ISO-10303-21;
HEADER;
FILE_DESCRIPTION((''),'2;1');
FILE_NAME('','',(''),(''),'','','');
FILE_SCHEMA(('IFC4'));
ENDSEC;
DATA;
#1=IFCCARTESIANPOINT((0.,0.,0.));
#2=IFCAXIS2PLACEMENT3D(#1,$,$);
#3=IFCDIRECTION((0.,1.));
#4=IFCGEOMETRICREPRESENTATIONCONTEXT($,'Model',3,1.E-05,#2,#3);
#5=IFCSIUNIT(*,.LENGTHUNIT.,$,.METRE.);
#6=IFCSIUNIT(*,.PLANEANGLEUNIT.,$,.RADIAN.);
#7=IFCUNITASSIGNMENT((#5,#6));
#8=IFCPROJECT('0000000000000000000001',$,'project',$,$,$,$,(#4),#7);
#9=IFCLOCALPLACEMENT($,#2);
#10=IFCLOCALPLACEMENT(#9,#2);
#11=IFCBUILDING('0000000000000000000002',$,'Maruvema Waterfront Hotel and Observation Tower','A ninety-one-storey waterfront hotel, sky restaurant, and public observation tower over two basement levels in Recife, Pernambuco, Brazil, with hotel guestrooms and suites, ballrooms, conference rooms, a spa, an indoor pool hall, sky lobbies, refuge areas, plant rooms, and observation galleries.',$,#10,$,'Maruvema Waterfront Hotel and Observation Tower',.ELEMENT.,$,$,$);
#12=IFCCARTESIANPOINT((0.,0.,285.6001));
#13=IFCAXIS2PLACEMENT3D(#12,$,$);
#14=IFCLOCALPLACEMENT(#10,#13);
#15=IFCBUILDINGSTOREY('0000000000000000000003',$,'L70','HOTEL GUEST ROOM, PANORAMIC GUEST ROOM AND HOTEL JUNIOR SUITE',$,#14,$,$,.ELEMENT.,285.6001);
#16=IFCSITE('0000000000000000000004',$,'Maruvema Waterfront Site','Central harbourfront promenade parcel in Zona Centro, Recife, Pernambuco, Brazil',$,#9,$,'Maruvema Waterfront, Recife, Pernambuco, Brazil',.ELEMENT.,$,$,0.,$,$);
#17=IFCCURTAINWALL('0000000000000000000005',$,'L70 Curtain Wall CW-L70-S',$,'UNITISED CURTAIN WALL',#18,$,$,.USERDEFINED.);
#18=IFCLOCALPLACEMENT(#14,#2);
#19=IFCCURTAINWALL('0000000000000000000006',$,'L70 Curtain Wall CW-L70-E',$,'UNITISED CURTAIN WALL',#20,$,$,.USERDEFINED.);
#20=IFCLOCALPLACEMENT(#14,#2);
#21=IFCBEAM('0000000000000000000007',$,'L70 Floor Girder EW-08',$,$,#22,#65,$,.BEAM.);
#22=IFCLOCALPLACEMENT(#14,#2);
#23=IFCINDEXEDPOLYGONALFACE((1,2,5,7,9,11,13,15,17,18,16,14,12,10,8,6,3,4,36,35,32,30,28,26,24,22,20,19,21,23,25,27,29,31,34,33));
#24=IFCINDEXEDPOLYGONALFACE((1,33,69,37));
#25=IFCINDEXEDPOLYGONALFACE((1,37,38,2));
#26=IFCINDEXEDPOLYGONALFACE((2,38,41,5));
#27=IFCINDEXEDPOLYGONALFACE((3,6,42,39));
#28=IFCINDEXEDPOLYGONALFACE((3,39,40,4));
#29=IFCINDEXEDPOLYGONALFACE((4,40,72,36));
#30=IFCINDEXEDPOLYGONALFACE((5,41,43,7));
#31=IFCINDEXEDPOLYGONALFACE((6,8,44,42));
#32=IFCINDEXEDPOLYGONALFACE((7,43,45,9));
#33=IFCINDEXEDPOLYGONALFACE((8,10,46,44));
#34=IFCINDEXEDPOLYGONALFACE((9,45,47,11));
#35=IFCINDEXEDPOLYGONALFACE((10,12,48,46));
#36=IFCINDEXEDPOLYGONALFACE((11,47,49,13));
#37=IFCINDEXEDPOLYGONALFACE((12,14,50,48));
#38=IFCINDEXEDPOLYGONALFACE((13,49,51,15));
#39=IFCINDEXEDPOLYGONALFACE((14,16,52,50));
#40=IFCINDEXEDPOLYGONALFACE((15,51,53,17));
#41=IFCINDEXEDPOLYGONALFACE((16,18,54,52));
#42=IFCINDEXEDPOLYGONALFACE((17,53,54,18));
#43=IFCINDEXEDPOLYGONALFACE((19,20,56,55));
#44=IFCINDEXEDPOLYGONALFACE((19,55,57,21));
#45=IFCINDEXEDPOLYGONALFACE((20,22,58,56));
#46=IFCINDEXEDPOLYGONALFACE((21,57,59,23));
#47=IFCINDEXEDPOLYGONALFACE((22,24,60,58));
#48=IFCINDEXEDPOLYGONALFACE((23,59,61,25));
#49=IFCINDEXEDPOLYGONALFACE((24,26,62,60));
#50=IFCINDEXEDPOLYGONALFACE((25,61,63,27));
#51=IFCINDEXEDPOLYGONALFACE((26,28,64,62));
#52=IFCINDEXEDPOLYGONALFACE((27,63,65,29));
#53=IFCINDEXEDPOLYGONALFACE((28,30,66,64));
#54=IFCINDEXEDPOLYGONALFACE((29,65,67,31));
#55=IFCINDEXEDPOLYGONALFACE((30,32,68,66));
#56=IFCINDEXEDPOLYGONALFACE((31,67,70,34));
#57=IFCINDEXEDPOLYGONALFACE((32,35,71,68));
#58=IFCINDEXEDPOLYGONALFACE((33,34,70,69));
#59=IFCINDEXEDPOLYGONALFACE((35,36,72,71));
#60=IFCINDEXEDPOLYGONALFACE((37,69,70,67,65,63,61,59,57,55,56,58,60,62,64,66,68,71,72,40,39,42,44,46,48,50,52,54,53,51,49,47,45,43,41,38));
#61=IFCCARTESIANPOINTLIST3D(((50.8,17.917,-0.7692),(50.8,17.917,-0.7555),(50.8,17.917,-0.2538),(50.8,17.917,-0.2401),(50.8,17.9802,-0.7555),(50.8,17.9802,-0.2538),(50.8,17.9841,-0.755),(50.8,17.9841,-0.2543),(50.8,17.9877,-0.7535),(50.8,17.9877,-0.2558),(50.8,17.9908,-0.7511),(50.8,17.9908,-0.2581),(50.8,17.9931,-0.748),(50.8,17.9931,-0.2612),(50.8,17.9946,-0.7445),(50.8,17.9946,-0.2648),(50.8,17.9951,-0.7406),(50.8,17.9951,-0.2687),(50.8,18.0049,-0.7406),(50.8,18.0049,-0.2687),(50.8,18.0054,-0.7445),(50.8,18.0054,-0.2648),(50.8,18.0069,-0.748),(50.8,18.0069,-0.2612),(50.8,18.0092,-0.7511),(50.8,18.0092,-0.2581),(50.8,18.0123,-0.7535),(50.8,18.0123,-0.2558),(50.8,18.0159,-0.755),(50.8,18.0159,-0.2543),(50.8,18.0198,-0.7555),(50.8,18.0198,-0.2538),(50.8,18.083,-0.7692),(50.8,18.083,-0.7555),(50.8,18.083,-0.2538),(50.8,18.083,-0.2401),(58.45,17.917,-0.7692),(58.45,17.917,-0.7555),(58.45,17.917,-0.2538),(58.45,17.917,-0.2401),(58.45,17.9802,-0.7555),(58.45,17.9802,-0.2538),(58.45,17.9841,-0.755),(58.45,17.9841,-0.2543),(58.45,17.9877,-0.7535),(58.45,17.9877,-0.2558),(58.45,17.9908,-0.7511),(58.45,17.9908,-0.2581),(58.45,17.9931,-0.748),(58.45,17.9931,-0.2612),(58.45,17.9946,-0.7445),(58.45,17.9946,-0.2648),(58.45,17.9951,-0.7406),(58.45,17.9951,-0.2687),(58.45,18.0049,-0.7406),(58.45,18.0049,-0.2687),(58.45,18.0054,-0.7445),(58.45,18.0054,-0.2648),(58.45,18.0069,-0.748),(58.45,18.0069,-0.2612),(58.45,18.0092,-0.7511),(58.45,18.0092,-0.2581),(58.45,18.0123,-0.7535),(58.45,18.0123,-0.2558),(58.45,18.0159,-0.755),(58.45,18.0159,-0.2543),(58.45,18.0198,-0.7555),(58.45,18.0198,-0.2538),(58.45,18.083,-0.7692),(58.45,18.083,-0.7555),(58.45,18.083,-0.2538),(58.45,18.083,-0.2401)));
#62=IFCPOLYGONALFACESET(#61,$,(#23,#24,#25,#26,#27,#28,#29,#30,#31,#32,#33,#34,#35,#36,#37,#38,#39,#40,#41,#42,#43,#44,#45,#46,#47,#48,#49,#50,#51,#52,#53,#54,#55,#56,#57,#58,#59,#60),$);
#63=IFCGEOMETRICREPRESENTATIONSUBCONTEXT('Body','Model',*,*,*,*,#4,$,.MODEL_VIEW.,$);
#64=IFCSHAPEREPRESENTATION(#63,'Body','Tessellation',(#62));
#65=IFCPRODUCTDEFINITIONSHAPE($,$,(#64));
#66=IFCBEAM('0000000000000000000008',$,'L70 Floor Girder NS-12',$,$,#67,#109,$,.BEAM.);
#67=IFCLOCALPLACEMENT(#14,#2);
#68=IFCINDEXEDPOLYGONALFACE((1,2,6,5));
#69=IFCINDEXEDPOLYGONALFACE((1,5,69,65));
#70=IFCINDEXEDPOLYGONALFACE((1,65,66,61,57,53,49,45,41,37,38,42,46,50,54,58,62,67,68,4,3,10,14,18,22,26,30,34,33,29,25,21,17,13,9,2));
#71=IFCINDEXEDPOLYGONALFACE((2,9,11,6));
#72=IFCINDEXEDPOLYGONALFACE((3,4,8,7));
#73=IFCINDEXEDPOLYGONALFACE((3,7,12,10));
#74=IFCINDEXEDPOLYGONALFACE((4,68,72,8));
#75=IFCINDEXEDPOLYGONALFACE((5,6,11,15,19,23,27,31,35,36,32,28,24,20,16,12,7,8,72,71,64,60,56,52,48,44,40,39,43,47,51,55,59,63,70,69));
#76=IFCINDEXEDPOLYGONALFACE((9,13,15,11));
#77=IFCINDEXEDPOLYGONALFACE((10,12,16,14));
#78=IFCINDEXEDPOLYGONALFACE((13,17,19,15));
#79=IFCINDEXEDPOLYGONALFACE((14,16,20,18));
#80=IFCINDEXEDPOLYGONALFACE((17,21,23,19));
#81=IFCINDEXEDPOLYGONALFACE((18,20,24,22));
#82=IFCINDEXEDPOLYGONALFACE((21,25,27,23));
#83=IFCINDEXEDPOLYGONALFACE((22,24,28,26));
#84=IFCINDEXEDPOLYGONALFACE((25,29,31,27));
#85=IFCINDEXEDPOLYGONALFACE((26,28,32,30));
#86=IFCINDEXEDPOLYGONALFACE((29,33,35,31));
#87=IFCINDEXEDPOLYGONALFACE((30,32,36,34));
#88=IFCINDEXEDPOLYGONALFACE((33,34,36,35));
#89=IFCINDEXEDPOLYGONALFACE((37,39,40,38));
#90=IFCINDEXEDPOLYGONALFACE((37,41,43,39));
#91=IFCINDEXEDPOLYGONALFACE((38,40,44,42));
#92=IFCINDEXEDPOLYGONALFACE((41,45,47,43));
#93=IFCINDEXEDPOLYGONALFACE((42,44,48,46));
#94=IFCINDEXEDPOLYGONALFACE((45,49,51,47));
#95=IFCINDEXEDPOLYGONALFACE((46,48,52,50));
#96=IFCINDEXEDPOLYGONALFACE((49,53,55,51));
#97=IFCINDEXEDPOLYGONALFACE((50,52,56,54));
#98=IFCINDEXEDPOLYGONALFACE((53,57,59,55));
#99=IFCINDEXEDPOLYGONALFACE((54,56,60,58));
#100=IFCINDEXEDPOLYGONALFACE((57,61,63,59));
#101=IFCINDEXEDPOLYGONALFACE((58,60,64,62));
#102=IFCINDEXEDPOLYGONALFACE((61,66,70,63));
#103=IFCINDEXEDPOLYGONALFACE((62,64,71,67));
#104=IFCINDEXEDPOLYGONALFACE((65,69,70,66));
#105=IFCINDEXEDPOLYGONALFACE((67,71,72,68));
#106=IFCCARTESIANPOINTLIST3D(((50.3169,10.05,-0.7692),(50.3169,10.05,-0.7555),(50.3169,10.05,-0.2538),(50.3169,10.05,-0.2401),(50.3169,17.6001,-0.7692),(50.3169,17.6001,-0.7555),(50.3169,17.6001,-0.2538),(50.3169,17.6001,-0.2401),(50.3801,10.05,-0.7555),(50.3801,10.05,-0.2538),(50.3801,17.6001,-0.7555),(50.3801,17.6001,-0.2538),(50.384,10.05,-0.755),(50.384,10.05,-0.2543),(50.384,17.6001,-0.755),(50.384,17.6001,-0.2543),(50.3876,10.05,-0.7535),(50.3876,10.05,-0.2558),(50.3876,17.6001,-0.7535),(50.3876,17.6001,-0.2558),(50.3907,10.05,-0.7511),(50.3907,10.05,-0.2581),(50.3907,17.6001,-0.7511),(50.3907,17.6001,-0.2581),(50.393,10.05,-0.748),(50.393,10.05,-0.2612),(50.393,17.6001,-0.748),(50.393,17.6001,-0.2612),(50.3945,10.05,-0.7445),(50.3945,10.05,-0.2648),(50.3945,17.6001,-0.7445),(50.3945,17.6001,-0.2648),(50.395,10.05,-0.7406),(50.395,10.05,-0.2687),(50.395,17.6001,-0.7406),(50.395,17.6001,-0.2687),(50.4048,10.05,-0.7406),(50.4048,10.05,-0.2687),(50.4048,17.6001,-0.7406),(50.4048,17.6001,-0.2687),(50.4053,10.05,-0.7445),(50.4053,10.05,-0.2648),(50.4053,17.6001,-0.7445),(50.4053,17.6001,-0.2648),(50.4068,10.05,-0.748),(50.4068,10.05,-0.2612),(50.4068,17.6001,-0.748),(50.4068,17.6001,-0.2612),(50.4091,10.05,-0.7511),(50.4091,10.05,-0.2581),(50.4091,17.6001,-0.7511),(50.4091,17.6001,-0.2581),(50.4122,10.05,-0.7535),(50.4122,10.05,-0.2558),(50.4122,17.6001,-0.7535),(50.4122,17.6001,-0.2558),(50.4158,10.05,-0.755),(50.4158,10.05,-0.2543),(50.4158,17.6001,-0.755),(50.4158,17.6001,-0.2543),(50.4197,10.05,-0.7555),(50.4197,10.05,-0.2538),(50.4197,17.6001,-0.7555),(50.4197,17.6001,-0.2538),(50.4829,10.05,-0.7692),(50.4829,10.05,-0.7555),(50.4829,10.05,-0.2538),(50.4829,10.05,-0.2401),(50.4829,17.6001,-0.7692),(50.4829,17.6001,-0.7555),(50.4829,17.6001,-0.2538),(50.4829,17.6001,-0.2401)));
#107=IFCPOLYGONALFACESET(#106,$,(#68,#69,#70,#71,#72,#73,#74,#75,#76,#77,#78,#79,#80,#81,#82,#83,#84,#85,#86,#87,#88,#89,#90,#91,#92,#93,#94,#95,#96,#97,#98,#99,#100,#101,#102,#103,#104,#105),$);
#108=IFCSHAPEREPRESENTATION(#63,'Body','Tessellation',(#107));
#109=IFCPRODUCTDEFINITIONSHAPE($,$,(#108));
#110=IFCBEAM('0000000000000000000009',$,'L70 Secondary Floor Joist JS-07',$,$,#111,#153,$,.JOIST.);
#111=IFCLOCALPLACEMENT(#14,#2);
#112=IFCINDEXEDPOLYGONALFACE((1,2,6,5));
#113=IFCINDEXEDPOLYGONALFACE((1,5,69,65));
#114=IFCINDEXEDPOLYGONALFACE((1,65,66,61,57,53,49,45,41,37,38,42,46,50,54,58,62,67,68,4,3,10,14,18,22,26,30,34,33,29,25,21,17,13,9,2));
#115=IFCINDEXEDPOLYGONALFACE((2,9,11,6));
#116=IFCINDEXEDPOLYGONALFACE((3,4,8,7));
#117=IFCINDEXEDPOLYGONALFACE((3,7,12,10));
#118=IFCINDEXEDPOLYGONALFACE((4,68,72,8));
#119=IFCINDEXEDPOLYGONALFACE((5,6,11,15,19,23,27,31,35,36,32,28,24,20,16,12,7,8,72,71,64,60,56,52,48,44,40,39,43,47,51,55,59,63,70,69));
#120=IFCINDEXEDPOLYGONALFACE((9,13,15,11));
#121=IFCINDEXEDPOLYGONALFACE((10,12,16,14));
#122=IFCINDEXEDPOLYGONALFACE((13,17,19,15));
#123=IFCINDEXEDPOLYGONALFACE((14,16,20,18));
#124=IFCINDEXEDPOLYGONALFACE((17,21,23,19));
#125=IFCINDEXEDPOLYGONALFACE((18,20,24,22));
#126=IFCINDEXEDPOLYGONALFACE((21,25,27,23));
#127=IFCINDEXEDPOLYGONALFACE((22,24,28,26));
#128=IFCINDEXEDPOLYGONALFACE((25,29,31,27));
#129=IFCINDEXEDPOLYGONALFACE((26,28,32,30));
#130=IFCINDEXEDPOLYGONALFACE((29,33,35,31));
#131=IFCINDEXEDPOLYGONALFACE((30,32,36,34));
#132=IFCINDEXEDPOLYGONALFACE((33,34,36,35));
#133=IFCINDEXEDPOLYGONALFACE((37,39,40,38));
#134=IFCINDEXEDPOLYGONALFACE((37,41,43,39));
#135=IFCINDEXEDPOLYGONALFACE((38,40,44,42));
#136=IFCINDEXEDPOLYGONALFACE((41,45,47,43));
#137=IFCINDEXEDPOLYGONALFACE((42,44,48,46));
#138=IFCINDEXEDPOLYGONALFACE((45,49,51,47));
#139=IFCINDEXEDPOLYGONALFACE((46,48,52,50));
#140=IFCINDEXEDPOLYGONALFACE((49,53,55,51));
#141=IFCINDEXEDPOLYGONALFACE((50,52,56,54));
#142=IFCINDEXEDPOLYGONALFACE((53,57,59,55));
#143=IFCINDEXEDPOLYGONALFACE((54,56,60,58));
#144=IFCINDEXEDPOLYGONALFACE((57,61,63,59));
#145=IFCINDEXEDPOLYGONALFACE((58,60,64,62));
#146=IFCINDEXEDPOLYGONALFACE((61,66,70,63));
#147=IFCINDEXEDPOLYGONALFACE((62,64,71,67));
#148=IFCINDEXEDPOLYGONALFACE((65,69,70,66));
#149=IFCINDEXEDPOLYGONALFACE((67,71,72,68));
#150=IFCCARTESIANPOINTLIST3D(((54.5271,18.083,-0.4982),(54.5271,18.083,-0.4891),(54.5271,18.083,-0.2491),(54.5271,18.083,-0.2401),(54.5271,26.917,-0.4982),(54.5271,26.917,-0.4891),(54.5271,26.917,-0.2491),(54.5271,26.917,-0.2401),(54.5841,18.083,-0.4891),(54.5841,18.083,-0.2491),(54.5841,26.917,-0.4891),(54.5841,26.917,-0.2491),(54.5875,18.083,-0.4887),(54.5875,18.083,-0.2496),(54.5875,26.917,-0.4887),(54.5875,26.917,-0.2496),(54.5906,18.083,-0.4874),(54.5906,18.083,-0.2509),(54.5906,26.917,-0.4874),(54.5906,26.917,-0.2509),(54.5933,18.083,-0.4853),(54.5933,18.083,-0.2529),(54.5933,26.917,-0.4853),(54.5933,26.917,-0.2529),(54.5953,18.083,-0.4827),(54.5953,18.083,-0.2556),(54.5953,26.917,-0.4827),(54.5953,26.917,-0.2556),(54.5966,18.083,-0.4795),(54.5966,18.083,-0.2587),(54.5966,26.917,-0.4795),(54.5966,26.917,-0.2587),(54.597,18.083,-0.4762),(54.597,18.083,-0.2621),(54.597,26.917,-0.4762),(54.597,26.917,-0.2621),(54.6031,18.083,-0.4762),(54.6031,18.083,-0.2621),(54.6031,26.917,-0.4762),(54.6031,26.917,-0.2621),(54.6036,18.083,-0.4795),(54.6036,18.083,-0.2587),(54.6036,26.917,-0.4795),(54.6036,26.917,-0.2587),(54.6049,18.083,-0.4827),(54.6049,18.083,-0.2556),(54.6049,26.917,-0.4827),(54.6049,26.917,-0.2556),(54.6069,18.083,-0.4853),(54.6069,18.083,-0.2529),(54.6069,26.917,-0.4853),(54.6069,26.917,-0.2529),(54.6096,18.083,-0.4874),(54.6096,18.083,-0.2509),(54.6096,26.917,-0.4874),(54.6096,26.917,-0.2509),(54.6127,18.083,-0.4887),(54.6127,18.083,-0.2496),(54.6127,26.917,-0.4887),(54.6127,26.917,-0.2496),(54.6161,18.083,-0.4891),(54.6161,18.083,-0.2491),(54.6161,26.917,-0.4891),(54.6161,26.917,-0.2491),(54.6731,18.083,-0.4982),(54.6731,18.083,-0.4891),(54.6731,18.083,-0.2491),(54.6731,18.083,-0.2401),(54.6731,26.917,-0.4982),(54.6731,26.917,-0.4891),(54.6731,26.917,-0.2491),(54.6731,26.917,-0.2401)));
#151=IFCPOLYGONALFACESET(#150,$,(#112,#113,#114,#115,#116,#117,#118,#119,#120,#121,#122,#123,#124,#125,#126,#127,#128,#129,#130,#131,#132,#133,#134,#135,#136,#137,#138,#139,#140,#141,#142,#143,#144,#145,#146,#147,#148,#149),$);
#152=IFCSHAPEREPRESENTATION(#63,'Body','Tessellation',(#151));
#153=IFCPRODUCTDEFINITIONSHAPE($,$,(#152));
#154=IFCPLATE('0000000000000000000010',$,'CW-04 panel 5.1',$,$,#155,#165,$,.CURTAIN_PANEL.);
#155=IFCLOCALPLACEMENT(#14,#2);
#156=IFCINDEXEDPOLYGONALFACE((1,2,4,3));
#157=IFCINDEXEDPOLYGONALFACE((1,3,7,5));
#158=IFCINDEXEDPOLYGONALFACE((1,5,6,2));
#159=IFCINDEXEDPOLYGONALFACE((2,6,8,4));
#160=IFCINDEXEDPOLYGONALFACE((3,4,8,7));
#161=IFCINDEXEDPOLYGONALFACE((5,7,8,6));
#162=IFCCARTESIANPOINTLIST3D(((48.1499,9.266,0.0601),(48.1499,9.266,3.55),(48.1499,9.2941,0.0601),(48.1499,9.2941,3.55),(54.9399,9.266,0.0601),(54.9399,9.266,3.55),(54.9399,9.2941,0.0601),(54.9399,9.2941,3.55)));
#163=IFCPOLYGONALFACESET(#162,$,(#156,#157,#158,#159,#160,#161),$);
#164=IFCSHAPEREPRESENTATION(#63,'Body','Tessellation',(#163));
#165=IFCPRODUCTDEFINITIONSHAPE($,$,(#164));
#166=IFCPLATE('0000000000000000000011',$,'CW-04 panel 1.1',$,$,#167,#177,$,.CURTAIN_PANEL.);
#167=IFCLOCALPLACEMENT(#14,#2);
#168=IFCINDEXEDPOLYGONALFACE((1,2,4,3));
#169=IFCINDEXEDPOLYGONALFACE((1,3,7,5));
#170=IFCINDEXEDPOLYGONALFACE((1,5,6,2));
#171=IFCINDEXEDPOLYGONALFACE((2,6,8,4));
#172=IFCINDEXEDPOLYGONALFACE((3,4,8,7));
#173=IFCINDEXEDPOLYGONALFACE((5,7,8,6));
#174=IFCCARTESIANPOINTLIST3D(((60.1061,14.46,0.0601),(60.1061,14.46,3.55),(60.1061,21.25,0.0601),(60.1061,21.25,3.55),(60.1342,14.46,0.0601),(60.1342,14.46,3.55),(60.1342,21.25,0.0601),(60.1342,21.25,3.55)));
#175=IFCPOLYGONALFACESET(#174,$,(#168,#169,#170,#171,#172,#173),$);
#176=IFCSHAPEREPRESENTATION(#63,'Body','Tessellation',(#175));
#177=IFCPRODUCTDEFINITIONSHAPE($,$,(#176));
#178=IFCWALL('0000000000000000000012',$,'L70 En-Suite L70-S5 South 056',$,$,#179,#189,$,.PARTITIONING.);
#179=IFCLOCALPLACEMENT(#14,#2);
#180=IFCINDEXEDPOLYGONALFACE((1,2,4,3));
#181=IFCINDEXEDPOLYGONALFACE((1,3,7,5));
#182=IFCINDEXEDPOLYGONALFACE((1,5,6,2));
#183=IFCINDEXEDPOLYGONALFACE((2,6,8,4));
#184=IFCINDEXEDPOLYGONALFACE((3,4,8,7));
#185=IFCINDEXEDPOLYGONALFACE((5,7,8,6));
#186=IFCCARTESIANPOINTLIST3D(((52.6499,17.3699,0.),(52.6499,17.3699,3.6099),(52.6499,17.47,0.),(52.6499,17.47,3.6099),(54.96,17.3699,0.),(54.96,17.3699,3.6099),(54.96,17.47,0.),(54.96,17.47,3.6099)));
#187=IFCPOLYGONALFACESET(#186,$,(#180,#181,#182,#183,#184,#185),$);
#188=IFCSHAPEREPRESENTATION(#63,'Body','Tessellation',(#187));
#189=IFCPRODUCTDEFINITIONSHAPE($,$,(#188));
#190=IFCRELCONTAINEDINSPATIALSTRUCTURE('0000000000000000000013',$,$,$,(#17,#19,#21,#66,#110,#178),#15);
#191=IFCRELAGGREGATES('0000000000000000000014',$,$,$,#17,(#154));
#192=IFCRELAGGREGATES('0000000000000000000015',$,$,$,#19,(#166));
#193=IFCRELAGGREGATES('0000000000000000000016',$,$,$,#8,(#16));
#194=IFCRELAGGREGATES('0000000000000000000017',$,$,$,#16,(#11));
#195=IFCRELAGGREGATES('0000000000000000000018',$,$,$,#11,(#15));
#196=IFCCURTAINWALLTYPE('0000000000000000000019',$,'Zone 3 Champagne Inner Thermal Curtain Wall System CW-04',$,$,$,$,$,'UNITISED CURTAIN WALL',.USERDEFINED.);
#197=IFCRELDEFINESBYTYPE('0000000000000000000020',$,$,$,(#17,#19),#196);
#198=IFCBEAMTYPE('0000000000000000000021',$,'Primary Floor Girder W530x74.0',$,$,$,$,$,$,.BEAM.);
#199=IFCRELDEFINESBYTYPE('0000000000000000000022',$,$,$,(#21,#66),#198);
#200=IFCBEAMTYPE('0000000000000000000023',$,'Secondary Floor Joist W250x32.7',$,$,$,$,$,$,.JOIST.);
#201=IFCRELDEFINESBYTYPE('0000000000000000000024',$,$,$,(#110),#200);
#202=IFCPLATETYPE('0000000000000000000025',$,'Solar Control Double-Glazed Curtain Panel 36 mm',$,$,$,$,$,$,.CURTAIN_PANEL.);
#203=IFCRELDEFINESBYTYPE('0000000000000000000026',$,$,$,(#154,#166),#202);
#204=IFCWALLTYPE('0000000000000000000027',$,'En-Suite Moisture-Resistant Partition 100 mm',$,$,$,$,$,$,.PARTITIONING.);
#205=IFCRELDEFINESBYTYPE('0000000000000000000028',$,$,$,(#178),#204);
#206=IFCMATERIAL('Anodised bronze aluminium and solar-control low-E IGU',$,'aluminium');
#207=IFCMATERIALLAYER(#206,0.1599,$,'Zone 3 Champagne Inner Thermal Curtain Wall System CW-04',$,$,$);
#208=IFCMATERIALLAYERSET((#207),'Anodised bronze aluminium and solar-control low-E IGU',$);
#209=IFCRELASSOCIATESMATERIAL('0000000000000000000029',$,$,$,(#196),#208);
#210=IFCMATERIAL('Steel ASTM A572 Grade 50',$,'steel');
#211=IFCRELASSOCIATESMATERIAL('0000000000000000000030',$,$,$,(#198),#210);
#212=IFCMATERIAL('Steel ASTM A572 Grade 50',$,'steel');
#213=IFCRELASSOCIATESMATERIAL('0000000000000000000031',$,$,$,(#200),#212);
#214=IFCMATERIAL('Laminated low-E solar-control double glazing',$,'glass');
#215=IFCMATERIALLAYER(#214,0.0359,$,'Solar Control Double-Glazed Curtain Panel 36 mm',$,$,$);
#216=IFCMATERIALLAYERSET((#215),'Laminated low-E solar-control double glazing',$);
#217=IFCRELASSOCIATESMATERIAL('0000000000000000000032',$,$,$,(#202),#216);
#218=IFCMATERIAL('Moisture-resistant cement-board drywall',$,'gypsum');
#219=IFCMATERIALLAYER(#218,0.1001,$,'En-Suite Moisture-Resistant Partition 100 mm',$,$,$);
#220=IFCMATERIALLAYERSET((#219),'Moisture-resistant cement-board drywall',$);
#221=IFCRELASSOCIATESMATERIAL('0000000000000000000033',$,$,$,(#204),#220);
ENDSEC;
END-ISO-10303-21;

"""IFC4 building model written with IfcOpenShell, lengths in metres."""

from ifc_helpers import new_model, si_unit, direction, frame, frame_2d, origin, origin_2d, place, context, subcontext, project, spatial, rectangle, i_section, extrude, material, layer, layer_set, material_profile, profile_set, type_object, element, aggregate, save


model = new_model("IFC4")

# Units and contexts
model_context = context("Model", 3, precision=1e-05, world=origin(), true_north=direction((0.0, 1.0)))
body_context = subcontext(model_context, "Body", "Model", "MODEL_VIEW")
ifc_project = project(units=[si_unit("LENGTHUNIT", "METRE"), si_unit("PLANEANGLEUNIT", "RADIAN")], contexts=[model_context])

# Site, building, storey
site_placement = place(None, origin())
site = spatial("IfcSite", under=ifc_project, at=site_placement, Name="Maruvema Waterfront Site", Description="Central harbourfront promenade parcel in Zona Centro, Recife, Pernambuco, Brazil", LongName="Maruvema Waterfront, Recife, Pernambuco, Brazil", CompositionType="ELEMENT", RefElevation=0.0)
building_placement = place(site_placement, origin())
building = spatial("IfcBuilding", under=site, at=building_placement, Name="Maruvema Waterfront Hotel and Observation Tower", Description="A ninety-one-storey waterfront hotel, sky restaurant, and public observation tower over two basement levels in Recife, Pernambuco, Brazil, with hotel guestrooms and suites, ballrooms, conference rooms, a spa, an indoor pool hall, sky lobbies, refuge areas, plant rooms, and observation galleries.", LongName="Maruvema Waterfront Hotel and Observation Tower", CompositionType="ELEMENT")
storey_placement = place(building_placement, frame((0.0, 0.0, 285.6001)))
storey = spatial("IfcBuildingStorey", under=building, at=storey_placement, Name="L70", Description="HOTEL GUEST ROOM, PANORAMIC GUEST ROOM AND HOTEL JUNIOR SUITE", CompositionType="ELEMENT", Elevation=285.6001)

# Curtain walls
ifc_material_1 = material(Name="Anodised bronze aluminium and solar-control low-E IGU", Category="aluminium")
ifc_layer_1 = layer(ifc_material_1, 0.1599, Name="Zone 3 Champagne Inner Thermal Curtain Wall System CW-04")
ifc_layer_set_1 = layer_set([ifc_layer_1], Name="Anodised bronze aluminium and solar-control low-E IGU")
curtain_wall_type = type_object("IfcCurtainWallType", Name="Zone 3 Champagne Inner Thermal Curtain Wall System CW-04", ElementType="UNITISED CURTAIN WALL", PredefinedType="USERDEFINED", material=ifc_layer_set_1)
curtain_wall_1_placement = place(storey_placement, origin())
curtain_wall_1 = element("IfcCurtainWall", 1, at=curtain_wall_1_placement, inside=storey, type_object=curtain_wall_type, Name="L70 Curtain Wall CW-L70-S", ObjectType="UNITISED CURTAIN WALL", PredefinedType="USERDEFINED")
curtain_wall_2_placement = place(storey_placement, origin())
curtain_wall_2 = element("IfcCurtainWall", 2, at=curtain_wall_2_placement, inside=storey, type_object=curtain_wall_type, Name="L70 Curtain Wall CW-L70-E", ObjectType="UNITISED CURTAIN WALL", PredefinedType="USERDEFINED")

# Beams
ifc_material_2 = material(Name="Steel ASTM A572 Grade 50", Category="steel")
ifc_material_profile_1 = material_profile(ifc_material_2, i_section(OverallWidth=0.166, OverallDepth=0.5291, WebThickness=0.0098, FlangeThickness=0.0137, FilletRadius=0.0149, at=origin_2d()), Name="W530x74.0")
ifc_profile_set_1 = profile_set([ifc_material_profile_1], Name="Steel ASTM A572 Grade 50")
beam_type_1 = type_object("IfcBeamType", Name="Primary Floor Girder W530x74.0", PredefinedType="BEAM", material=ifc_profile_set_1)
beam_1_placement = place(storey_placement, frame((50.8, 18.0, -0.5046), z_axis=(1.0, 0.0, 0.0), x_axis=(0.0, 1.0, 0.0)))
element("IfcBeam", 3, at=beam_1_placement, inside=storey, type_object=beam_type_1, Name="L70 Floor Girder EW-08", PredefinedType="BEAM", context=body_context, shape_type="SweptSolid", body=[
    extrude(i_section(OverallWidth=0.166, OverallDepth=0.5291, WebThickness=0.0098, FlangeThickness=0.0137, FilletRadius=0.0149, at=origin_2d()), origin(), (0.0, 0.0, 1.0), 7.6499),
])
beam_2_placement = place(storey_placement, frame((50.3999, 10.05, -0.5046), z_axis=(0.0, 1.0, 0.0), x_axis=(-1.0, 0.0, 0.0)))
element("IfcBeam", 4, at=beam_2_placement, inside=storey, type_object=beam_type_1, Name="L70 Floor Girder NS-12", PredefinedType="BEAM", context=body_context, shape_type="SweptSolid", body=[
    extrude(i_section(OverallWidth=0.166, OverallDepth=0.5291, WebThickness=0.0098, FlangeThickness=0.0137, FilletRadius=0.0149, at=origin_2d()), origin(), (0.0, 0.0, 1.0), 7.55),
])
ifc_material_3 = material(Name="Steel ASTM A572 Grade 50", Category="steel")
ifc_material_profile_2 = material_profile(ifc_material_3, i_section(OverallWidth=0.146, OverallDepth=0.2581, WebThickness=0.0061, FlangeThickness=0.009, FilletRadius=0.0129, at=origin_2d()), Name="W250x32.7")
ifc_profile_set_2 = profile_set([ifc_material_profile_2], Name="Steel ASTM A572 Grade 50")
beam_type_2 = type_object("IfcBeamType", Name="Secondary Floor Joist W250x32.7", PredefinedType="JOIST", material=ifc_profile_set_2)
beam_3_placement = place(storey_placement, frame((54.6001, 18.083, -0.3691), z_axis=(0.0, 1.0, 0.0), x_axis=(-1.0, 0.0, 0.0)))
element("IfcBeam", 5, at=beam_3_placement, inside=storey, type_object=beam_type_2, Name="L70 Secondary Floor Joist JS-07", PredefinedType="JOIST", context=body_context, shape_type="SweptSolid", body=[
    extrude(i_section(OverallWidth=0.146, OverallDepth=0.2581, WebThickness=0.0061, FlangeThickness=0.009, FilletRadius=0.0129, at=origin_2d()), origin(), (0.0, 0.0, 1.0), 8.834),
])

# Plates
ifc_material_4 = material(Name="Laminated low-E solar-control double glazing", Category="glass")
ifc_layer_2 = layer(ifc_material_4, 0.0359, Name="Solar Control Double-Glazed Curtain Panel 36 mm")
ifc_layer_set_2 = layer_set([ifc_layer_2], Name="Laminated low-E solar-control double glazing")
plate_type = type_object("IfcPlateType", Name="Solar Control Double-Glazed Curtain Panel 36 mm", PredefinedType="CURTAIN_PANEL", material=ifc_layer_set_2)
plate_1_placement = place(storey_placement, frame((51.5449, 9.28, 0.0601), z_axis=(0.0, 0.0, 1.0), x_axis=(1.0, 0.0, 0.0)))
plate_1 = element("IfcPlate", 6, at=plate_1_placement, type_object=plate_type, Name="CW-04 panel 5.1", PredefinedType="CURTAIN_PANEL", context=body_context, shape_type="SweptSolid", body=[
    extrude(rectangle(XDim=6.79, YDim=0.0281, at=origin_2d()), origin(), (0.0, 0.0, 1.0), 3.49),
])
aggregate(curtain_wall_1, [plate_1])
plate_2_placement = place(storey_placement, frame((60.1201, 17.855, 0.0601), z_axis=(0.0, 0.0, 1.0), x_axis=(0.0, 1.0, 0.0)))
plate_2 = element("IfcPlate", 7, at=plate_2_placement, type_object=plate_type, Name="CW-04 panel 1.1", PredefinedType="CURTAIN_PANEL", context=body_context, shape_type="SweptSolid", body=[
    extrude(rectangle(XDim=6.79, YDim=0.0281, at=origin_2d()), origin(), (0.0, 0.0, 1.0), 3.49),
])
aggregate(curtain_wall_2, [plate_2])

# Wall
ifc_material_5 = material(Name="Moisture-resistant cement-board drywall", Category="gypsum")
ifc_layer_3 = layer(ifc_material_5, 0.1001, Name="En-Suite Moisture-Resistant Partition 100 mm")
ifc_layer_set_3 = layer_set([ifc_layer_3], Name="Moisture-resistant cement-board drywall")
wall_type_1 = type_object("IfcWallType", Name="En-Suite Moisture-Resistant Partition 100 mm", PredefinedType="PARTITIONING", material=ifc_layer_set_3)
wall_1_placement = place(storey_placement, frame((52.6499, 17.4199, 0.0), z_axis=(0.0, 0.0, 1.0), x_axis=(1.0, 0.0, 0.0)))
element("IfcWall", 8, at=wall_1_placement, inside=storey, type_object=wall_type_1, Name="L70 En-Suite L70-S5 South 056", PredefinedType="PARTITIONING", context=body_context, shape_type="SweptSolid", body=[
    extrude(rectangle(XDim=2.3101, YDim=0.1001, at=frame_2d((1.155, 0.0))), origin(), (0.0, 0.0, 1.0), 3.6099),
])

save(model, "model.ifc")
